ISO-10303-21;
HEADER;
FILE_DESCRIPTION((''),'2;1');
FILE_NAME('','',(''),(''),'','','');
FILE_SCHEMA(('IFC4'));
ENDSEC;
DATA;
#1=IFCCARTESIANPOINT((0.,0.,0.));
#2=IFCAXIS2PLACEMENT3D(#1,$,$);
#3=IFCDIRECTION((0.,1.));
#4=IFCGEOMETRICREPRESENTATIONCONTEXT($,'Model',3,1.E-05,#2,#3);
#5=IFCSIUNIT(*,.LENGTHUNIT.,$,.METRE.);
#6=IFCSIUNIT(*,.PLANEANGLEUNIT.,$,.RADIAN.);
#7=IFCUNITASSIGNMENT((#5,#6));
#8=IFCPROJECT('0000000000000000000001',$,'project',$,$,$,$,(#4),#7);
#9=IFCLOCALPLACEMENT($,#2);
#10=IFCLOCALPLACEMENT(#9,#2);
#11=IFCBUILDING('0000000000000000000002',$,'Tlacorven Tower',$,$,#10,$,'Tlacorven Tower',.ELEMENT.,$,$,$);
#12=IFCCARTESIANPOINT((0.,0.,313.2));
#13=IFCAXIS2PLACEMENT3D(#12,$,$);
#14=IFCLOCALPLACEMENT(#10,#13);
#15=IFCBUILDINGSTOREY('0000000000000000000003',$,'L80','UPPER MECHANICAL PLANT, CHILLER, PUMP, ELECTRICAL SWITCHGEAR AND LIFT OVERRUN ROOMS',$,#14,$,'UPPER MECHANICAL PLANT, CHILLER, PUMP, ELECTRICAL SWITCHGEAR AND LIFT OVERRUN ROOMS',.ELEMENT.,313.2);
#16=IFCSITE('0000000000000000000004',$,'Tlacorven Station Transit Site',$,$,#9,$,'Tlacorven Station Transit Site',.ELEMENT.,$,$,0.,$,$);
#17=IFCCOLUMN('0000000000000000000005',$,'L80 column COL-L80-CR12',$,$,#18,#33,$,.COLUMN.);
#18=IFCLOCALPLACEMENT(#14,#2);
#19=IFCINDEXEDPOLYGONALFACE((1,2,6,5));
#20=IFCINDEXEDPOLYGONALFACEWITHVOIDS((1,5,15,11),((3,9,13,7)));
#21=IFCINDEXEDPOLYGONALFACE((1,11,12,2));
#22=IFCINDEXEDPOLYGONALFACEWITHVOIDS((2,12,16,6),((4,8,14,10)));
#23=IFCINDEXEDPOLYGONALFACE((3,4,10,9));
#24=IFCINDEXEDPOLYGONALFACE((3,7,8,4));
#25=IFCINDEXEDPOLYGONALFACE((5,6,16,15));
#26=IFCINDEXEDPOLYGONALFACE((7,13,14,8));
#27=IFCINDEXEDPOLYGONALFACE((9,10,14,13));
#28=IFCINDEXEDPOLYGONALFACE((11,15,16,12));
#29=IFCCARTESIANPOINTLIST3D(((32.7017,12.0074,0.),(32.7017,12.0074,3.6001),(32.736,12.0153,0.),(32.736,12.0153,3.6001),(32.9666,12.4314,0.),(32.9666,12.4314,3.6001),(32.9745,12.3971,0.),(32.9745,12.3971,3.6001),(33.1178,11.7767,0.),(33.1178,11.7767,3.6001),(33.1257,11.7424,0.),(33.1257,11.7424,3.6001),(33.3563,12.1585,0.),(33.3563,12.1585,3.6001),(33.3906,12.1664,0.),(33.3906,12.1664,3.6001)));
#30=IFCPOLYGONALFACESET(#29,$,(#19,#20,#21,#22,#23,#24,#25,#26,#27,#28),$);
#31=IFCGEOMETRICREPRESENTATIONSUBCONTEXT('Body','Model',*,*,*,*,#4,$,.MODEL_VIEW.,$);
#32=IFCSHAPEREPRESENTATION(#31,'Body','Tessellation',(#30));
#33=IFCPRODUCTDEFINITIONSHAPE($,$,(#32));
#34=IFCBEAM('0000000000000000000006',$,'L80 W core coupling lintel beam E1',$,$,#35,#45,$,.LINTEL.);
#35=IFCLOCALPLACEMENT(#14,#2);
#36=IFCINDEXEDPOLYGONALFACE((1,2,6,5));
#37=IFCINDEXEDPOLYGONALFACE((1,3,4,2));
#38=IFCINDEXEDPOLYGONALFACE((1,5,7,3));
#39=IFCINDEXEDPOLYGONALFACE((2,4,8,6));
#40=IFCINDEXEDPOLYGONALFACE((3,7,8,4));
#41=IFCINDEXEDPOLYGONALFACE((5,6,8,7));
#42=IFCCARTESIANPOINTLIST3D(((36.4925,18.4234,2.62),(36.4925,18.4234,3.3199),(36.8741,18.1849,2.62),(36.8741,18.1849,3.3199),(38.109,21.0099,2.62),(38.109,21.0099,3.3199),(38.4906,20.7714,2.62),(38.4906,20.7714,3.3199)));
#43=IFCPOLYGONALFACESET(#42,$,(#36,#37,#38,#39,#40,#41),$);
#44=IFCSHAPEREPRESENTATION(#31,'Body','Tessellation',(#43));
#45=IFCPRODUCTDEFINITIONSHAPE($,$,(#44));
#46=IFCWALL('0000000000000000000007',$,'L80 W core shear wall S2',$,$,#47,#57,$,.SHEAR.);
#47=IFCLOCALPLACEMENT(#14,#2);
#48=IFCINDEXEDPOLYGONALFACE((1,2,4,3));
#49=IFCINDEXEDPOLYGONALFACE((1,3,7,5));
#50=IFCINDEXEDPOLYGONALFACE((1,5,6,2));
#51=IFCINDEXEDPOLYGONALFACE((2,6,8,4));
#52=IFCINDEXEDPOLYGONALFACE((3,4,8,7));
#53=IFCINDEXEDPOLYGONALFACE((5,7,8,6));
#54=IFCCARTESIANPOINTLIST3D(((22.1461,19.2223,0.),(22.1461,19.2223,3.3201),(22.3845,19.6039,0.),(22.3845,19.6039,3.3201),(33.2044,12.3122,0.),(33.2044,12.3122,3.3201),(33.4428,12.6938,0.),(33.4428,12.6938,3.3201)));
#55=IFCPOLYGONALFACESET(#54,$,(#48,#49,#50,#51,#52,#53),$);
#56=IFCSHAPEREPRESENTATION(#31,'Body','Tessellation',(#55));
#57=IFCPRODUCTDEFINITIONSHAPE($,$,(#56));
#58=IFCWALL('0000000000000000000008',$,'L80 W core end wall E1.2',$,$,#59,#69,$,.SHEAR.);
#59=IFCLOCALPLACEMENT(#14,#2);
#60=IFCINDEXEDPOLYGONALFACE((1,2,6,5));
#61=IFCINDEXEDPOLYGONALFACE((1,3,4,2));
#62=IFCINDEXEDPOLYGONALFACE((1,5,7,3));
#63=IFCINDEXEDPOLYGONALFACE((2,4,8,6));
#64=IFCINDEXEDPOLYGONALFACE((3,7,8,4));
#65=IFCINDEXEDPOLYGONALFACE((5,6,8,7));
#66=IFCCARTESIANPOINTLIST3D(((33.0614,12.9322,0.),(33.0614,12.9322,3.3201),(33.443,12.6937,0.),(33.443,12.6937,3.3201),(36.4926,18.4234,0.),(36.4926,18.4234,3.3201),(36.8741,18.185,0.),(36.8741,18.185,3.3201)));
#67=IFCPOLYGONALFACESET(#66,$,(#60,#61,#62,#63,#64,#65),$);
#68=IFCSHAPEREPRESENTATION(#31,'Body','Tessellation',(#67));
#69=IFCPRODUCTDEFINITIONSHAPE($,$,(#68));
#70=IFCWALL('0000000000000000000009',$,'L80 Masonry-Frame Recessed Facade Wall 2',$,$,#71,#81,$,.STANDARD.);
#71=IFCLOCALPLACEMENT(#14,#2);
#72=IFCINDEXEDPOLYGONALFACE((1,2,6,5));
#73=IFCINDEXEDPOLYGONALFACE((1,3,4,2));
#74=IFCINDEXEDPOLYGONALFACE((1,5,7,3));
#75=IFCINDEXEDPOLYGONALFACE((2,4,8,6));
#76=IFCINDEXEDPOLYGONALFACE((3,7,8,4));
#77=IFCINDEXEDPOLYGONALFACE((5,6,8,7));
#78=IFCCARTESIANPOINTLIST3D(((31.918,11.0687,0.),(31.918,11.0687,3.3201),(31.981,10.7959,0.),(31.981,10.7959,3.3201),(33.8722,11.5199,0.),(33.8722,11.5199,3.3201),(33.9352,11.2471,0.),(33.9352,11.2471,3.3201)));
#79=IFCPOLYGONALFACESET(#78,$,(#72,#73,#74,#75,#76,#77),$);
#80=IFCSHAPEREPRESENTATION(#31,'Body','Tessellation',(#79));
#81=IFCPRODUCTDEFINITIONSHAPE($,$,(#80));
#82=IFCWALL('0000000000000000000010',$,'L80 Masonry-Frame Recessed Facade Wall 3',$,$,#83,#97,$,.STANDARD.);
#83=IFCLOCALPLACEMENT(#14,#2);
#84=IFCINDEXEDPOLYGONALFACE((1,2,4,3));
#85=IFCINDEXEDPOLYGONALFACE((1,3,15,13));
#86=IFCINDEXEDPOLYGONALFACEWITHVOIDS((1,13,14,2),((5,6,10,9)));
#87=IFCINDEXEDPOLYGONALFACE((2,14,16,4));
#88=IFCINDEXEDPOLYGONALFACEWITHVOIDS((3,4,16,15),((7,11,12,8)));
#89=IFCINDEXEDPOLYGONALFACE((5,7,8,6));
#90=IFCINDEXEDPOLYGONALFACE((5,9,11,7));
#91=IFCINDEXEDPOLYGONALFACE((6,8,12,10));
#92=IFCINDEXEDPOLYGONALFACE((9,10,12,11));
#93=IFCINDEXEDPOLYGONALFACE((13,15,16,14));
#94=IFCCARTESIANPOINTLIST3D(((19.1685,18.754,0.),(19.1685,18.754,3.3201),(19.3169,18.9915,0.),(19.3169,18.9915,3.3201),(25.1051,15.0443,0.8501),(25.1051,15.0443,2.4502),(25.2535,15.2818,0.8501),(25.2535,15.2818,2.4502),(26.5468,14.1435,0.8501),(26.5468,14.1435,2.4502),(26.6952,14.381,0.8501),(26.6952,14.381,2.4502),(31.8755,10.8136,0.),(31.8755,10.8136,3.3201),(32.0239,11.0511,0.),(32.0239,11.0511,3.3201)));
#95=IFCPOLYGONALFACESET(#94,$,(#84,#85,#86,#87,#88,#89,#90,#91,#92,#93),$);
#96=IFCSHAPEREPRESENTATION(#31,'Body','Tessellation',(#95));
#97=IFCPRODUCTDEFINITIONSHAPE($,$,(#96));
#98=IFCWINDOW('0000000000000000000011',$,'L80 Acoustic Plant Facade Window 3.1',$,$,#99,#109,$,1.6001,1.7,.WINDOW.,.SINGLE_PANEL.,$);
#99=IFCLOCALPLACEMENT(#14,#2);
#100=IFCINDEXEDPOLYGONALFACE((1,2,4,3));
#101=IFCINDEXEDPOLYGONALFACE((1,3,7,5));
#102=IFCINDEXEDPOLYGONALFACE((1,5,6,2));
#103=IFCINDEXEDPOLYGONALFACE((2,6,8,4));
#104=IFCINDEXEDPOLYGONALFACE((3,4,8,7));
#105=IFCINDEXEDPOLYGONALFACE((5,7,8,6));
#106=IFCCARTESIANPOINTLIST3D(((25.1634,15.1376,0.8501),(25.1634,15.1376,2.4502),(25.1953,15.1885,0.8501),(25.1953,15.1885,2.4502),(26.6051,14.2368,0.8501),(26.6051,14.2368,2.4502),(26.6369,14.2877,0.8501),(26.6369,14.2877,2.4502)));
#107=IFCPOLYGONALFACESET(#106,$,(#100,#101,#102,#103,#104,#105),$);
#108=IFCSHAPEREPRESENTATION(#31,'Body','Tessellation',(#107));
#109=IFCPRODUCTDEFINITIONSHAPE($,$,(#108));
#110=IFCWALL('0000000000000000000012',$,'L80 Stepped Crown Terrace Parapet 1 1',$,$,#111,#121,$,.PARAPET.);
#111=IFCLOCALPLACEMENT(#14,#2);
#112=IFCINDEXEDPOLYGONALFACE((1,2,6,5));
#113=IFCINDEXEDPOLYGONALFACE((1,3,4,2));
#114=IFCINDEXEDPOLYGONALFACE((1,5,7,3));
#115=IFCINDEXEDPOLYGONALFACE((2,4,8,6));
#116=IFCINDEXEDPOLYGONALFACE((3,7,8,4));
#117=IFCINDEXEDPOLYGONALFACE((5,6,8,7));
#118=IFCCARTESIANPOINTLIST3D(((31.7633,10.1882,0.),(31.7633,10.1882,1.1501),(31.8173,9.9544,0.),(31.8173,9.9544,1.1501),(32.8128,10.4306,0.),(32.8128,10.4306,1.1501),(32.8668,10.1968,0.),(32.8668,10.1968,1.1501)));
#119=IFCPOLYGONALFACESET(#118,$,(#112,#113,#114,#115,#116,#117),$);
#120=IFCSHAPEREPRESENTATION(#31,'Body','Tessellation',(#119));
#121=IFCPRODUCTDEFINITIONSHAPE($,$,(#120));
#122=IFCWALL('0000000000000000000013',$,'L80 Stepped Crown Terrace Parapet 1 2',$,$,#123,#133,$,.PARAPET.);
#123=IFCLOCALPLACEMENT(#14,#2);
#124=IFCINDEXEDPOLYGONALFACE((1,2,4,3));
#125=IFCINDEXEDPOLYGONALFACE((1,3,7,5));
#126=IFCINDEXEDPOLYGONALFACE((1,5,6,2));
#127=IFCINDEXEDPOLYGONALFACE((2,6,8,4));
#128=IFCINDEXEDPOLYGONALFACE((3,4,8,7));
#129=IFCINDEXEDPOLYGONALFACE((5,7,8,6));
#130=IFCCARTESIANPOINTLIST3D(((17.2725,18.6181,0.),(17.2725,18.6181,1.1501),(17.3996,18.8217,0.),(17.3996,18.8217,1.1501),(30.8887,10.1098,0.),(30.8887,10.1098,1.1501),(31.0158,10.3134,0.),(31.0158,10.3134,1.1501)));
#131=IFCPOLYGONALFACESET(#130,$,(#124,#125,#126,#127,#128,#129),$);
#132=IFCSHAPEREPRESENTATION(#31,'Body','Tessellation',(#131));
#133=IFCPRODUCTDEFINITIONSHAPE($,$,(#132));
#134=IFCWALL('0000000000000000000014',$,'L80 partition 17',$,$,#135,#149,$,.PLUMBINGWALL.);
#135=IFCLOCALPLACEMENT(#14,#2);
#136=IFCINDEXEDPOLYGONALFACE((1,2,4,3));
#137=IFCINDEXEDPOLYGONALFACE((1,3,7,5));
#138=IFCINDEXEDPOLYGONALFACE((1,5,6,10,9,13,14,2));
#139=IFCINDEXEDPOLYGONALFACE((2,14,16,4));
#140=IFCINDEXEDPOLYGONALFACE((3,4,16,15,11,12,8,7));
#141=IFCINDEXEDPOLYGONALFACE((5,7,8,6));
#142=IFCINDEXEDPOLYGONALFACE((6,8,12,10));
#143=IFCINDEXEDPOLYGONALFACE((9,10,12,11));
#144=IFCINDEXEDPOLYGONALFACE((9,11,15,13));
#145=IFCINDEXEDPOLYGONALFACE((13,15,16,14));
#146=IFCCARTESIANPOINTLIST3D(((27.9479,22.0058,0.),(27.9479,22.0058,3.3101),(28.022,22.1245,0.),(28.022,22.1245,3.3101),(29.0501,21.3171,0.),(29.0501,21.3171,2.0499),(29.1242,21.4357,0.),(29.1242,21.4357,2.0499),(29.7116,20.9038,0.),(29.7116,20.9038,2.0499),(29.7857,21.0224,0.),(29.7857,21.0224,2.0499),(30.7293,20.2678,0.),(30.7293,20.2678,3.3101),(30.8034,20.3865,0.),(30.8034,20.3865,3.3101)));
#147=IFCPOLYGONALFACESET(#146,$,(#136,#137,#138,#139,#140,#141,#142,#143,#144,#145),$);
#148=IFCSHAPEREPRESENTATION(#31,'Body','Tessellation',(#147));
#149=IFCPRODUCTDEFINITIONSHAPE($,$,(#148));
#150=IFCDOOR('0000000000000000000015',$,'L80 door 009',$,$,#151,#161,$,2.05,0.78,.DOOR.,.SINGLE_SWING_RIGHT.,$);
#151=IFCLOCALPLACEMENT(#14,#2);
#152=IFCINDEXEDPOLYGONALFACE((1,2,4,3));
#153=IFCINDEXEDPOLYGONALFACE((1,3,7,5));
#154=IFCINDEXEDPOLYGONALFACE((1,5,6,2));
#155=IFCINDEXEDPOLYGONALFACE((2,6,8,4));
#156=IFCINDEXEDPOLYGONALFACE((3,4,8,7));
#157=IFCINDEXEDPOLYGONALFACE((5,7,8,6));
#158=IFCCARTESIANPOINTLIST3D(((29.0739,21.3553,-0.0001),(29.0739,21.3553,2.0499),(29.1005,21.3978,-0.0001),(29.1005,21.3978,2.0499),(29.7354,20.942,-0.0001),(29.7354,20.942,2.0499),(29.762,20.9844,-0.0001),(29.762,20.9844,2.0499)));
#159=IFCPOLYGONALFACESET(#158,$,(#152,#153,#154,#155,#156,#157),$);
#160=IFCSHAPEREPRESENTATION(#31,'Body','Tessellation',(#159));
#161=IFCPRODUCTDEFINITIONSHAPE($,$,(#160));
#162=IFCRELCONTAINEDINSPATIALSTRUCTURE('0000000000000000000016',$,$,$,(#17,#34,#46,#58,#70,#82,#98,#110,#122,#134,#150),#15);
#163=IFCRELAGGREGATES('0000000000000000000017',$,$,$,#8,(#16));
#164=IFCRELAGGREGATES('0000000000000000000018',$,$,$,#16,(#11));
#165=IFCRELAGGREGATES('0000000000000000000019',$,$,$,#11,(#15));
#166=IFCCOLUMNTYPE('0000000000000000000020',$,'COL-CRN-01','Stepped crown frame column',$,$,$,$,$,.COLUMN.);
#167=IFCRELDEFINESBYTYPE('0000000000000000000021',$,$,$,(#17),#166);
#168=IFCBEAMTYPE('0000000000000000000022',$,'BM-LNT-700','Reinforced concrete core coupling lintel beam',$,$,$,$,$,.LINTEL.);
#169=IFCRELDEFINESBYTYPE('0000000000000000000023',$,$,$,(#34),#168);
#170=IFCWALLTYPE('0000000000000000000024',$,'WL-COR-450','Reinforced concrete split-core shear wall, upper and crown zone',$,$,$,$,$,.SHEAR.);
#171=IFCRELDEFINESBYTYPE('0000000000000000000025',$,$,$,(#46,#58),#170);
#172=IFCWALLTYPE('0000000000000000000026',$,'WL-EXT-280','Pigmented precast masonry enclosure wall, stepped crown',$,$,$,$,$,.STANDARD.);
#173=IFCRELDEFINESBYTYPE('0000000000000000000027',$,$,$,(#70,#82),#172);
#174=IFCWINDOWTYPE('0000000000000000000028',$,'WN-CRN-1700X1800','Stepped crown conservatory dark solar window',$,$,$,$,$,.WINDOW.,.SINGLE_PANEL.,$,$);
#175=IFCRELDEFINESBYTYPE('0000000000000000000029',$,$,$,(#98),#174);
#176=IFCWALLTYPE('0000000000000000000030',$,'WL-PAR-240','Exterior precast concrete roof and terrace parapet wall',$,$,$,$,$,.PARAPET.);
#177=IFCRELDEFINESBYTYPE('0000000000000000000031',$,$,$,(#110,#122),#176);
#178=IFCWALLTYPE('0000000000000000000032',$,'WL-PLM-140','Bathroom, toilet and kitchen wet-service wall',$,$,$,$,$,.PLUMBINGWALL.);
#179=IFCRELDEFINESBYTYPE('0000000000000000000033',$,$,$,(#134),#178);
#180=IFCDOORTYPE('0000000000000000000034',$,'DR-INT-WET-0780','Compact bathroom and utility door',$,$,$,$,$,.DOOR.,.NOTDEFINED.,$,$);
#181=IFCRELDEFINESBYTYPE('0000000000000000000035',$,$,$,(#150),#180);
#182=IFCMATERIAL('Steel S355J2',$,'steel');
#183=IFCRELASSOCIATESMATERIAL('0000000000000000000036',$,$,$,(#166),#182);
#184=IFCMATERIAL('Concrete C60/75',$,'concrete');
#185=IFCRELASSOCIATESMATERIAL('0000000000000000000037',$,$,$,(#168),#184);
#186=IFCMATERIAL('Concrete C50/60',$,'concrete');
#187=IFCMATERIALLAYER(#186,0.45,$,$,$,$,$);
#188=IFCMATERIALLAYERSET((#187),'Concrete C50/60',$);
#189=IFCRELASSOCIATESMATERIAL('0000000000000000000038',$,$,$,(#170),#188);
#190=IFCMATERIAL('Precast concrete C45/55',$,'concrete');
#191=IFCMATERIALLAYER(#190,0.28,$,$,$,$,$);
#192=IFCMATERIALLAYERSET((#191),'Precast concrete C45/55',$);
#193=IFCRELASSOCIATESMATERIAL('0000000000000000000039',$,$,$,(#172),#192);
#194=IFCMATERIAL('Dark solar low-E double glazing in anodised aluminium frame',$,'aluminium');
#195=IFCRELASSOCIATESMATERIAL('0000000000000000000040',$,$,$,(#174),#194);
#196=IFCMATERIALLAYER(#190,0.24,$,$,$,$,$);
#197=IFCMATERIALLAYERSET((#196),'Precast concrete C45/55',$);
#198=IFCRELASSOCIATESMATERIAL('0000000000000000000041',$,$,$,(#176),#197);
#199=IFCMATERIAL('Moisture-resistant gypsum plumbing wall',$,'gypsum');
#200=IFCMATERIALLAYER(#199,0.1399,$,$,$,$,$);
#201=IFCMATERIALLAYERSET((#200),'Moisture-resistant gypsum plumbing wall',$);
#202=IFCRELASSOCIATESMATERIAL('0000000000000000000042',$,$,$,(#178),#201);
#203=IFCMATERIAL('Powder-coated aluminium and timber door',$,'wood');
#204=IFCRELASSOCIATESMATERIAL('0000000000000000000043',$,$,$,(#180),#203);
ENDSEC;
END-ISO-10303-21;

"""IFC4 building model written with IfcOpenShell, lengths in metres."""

from ifc_helpers import new_model, si_unit, direction, frame, frame_2d, origin, origin_2d, place, context, subcontext, project, spatial, rectangle, hollow_rectangle, extrude, source, transform, mapped, material, layer, layer_set, material_profile, profile_set, type_object, element, fill, save


model = new_model("IFC4")

# Units and contexts
model_context = context("Model", 3, precision=1e-05, world=origin(), true_north=direction((0.0, 1.0)))
body_context = subcontext(model_context, "Body", "Model", "MODEL_VIEW")
ifc_project = project(units=[si_unit("LENGTHUNIT", "METRE"), si_unit("PLANEANGLEUNIT", "RADIAN")], contexts=[model_context])

# Site, building, storey
site_placement = place(None, origin())
site = spatial("IfcSite", under=ifc_project, at=site_placement, Name="Tlacorven Station Transit Site", LongName="Tlacorven Station Transit Site", CompositionType="ELEMENT", RefElevation=0.0)
building_placement = place(site_placement, origin())
building = spatial("IfcBuilding", under=site, at=building_placement, Name="Tlacorven Tower", LongName="Tlacorven Tower", CompositionType="ELEMENT")
storey_placement = place(building_placement, frame((0.0, 0.0, 313.2)))
storey = spatial("IfcBuildingStorey", under=building, at=storey_placement, Name="L80", Description="UPPER MECHANICAL PLANT, CHILLER, PUMP, ELECTRICAL SWITCHGEAR AND LIFT OVERRUN ROOMS", LongName="UPPER MECHANICAL PLANT, CHILLER, PUMP, ELECTRICAL SWITCHGEAR AND LIFT OVERRUN ROOMS", CompositionType="ELEMENT", Elevation=313.2)

# Column
ifc_material_1 = material(Name="Steel S355J2", Category="steel")
ifc_material_profile_1 = material_profile(ifc_material_1, hollow_rectangle(XDim=0.5, YDim=0.5, WallThickness=0.0249, at=origin_2d()), Name="BOX 500X500X25")
ifc_profile_set_1 = profile_set([ifc_material_profile_1], Name="Steel S355J2")
column_type = type_object("IfcColumnType", Name="COL-CRN-01", Description="Stepped crown frame column", PredefinedType="COLUMN", material=ifc_profile_set_1)
shared_shape_1 = source(origin(), body_context, "Body", "SweptSolid", [
    extrude(hollow_rectangle(XDim=0.5, YDim=0.5, WallThickness=0.0249, at=origin_2d()), origin(), (0.0, 0.0, 1.0), 3.6001),
])
column_placement = place(storey_placement, frame((33.0461, 12.0869, 0.0), z_axis=(0.0, 0.0, 1.0), x_axis=(-0.848048, 0.529919, 0.0)))
element("IfcColumn", 1, at=column_placement, inside=storey, type_object=column_type, Name="L80 column COL-L80-CR12", PredefinedType="COLUMN", context=body_context, shape_type="MappedRepresentation", body=[
    mapped(shared_shape_1, transform((0.0, 0.0, 0.0), scale=1.0)),
])

# Beam
ifc_material_2 = material(Name="Concrete C60/75", Category="concrete")
ifc_material_profile_2 = material_profile(ifc_material_2, rectangle(XDim=0.45, YDim=0.7, at=origin_2d()), Name="RC 450X700")
ifc_profile_set_2 = profile_set([ifc_material_profile_2], Name="Concrete C60/75")
beam_type = type_object("IfcBeamType", Name="BM-LNT-700", Description="Reinforced concrete core coupling lintel beam", PredefinedType="LINTEL", material=ifc_profile_set_2)
shared_shape_2 = source(origin(), body_context, "Body", "SweptSolid", [
    extrude(rectangle(XDim=0.45, YDim=0.7, at=origin_2d()), origin(), (0.0, 0.0, 1.0), 3.05),
])
beam_placement = place(storey_placement, frame((38.2998, 20.8906, 2.97), z_axis=(-0.529985, -0.848007, 0.0), x_axis=(0.848007, -0.529985, 0.0)))
element("IfcBeam", 2, at=beam_placement, inside=storey, type_object=beam_type, Name="L80 W core coupling lintel beam E1", PredefinedType="LINTEL", context=body_context, shape_type="MappedRepresentation", body=[
    mapped(shared_shape_2, transform((0.0, 0.0, 0.0), scale=1.0)),
])

# Walls
ifc_material_3 = material(Name="Concrete C50/60", Category="concrete")
ifc_layer_1 = layer(ifc_material_3, 0.45)
ifc_layer_set_1 = layer_set([ifc_layer_1], Name="Concrete C50/60")
wall_type_1 = type_object("IfcWallType", Name="WL-COR-450", Description="Reinforced concrete split-core shear wall, upper and crown zone", PredefinedType="SHEAR", material=ifc_layer_set_1)
wall_1_placement = place(storey_placement, frame((33.3237, 12.5029, 0.0), z_axis=(0.0, 0.0, 1.0), x_axis=(-0.848044, 0.529927, 0.0)))
element("IfcWall", 3, at=wall_1_placement, inside=storey, type_object=wall_type_1, Name="L80 W core shear wall S2", PredefinedType="SHEAR", context=body_context, shape_type="SweptSolid", body=[
    extrude(rectangle(XDim=13.0398, YDim=0.45, at=frame_2d((6.52, 0.0))), origin(), (0.0, 0.0, 1.0), 3.3201),
])
wall_2_placement = place(storey_placement, frame((36.6833, 18.3042, 0.0), z_axis=(0.0, 0.0, 1.0), x_axis=(-0.529904, -0.848058, 0.0)))
element("IfcWall", 4, at=wall_2_placement, inside=storey, type_object=wall_type_1, Name="L80 W core end wall E1.2", PredefinedType="SHEAR", context=body_context, shape_type="SweptSolid", body=[
    extrude(rectangle(XDim=6.4751, YDim=0.45, at=frame_2d((3.2375, 0.0))), origin(), (0.0, 0.0, 1.0), 3.3201),
])
ifc_material_4 = material(Name="Precast concrete C45/55", Category="concrete")
ifc_layer_2 = layer(ifc_material_4, 0.28)
ifc_layer_set_2 = layer_set([ifc_layer_2], Name="Precast concrete C45/55")
wall_type_2 = type_object("IfcWallType", Name="WL-EXT-280", Description="Pigmented precast masonry enclosure wall, stepped crown", PredefinedType="STANDARD", material=ifc_layer_set_2)
wall_3_placement = place(storey_placement, frame((33.9038, 11.3835, 0.0), z_axis=(0.0, 0.0, 1.0), x_axis=(-0.974367, -0.224966, 0.0)))
element("IfcWall", 5, at=wall_3_placement, inside=storey, type_object=wall_type_2, Name="L80 Masonry-Frame Recessed Facade Wall 2", PredefinedType="STANDARD", context=body_context, shape_type="SweptSolid", body=[
    extrude(rectangle(XDim=2.0056, YDim=0.28, at=frame_2d((1.0029, 0.0))), origin(), (0.0, 0.0, 1.0), 3.3201),
])

# Wall, opening, window
wall_4_placement = place(storey_placement, frame((31.9497, 10.9324, 0.0), z_axis=(0.0, 0.0, 1.0), x_axis=(-0.848042, 0.529929, 0.0)))
wall_4 = element("IfcWall", 6, at=wall_4_placement, inside=storey, type_object=wall_type_2, Name="L80 Masonry-Frame Recessed Facade Wall 3", PredefinedType="STANDARD", context=body_context, shape_type="SweptSolid", body=[
    extrude(rectangle(XDim=14.9839, YDim=0.28, at=frame_2d((7.4919, 0.0))), origin(), (0.0, 0.0, 1.0), 3.3201),
])
opening_1_placement = place(wall_4_placement, frame((6.2834, 0.0, 0.8501)))
opening_1 = element("IfcOpeningElement", 7, at=opening_1_placement, cuts=wall_4, PredefinedType="OPENING", context=body_context, shape_type="SweptSolid", body=[
    extrude(rectangle(XDim=1.7, YDim=1.6001, at=frame_2d((0.8501, 0.8))), frame((0.0, 0.1499, 0.0), z_axis=(0.0, -1.0, 0.0), x_axis=(1.0, 0.0, 0.0)), (0.0, 0.0, 1.0), 0.3),
])
ifc_material_5 = material(Name="Dark solar low-E double glazing in anodised aluminium frame", Category="aluminium")
window_type = type_object("IfcWindowType", Name="WN-CRN-1700X1800", Description="Stepped crown conservatory dark solar window", PartitioningType="SINGLE_PANEL", PredefinedType="WINDOW", material=ifc_material_5)
shared_shape_3 = source(origin(), body_context, "Body", "SweptSolid", [
    extrude(rectangle(XDim=1.7, YDim=1.6001, at=frame_2d((0.8501, 0.8))), frame((0.0, 0.03, 0.0), z_axis=(0.0, -1.0, 0.0), x_axis=(1.0, 0.0, 0.0)), (0.0, 0.0, 1.0), 0.0601),
])
window_placement = place(opening_1_placement, origin())
window = element("IfcWindow", 8, at=window_placement, inside=storey, type_object=window_type, Name="L80 Acoustic Plant Facade Window 3.1", OverallHeight=1.6001, OverallWidth=1.7, PartitioningType="SINGLE_PANEL", PredefinedType="WINDOW", context=body_context, shape_type="MappedRepresentation", body=[
    mapped(shared_shape_3, transform((0.0, 0.0, 0.0), scale=1.0)),
])
fill(opening_1, window)

# Walls
ifc_layer_3 = layer(ifc_material_4, 0.24)
ifc_layer_set_3 = layer_set([ifc_layer_3], Name="Precast concrete C45/55")
wall_type_3 = type_object("IfcWallType", Name="WL-PAR-240", Description="Exterior precast concrete roof and terrace parapet wall", PredefinedType="PARAPET", material=ifc_layer_set_3)
wall_5_placement = place(storey_placement, frame((32.8398, 10.3137, 0.0), z_axis=(0.0, 0.0, 1.0), x_axis=(-0.974345, -0.225058, 0.0)))
element("IfcWall", 9, at=wall_5_placement, inside=storey, type_object=wall_type_3, Name="L80 Stepped Crown Terrace Parapet 1 1", PredefinedType="PARAPET", context=body_context, shape_type="SweptSolid", body=[
    extrude(rectangle(XDim=1.0771, YDim=0.24, at=frame_2d((0.5386, 0.0))), origin(), (0.0, 0.0, 1.0), 1.1501),
])
wall_6_placement = place(storey_placement, frame((30.9521, 10.2117, 0.0), z_axis=(0.0, 0.0, 1.0), x_axis=(-0.84805, 0.529917, 0.0)))
element("IfcWall", 10, at=wall_6_placement, inside=storey, type_object=wall_type_3, Name="L80 Stepped Crown Terrace Parapet 1 2", PredefinedType="PARAPET", context=body_context, shape_type="SweptSolid", body=[
    extrude(rectangle(XDim=16.0559, YDim=0.24, at=frame_2d((8.0278, 0.0))), origin(), (0.0, 0.0, 1.0), 1.1501),
])

# Wall, opening, door
ifc_material_6 = material(Name="Moisture-resistant gypsum plumbing wall", Category="gypsum")
ifc_layer_4 = layer(ifc_material_6, 0.1399)
ifc_layer_set_4 = layer_set([ifc_layer_4], Name="Moisture-resistant gypsum plumbing wall")
wall_type_4 = type_object("IfcWallType", Name="WL-PLM-140", Description="Bathroom, toilet and kitchen wet-service wall", PredefinedType="PLUMBINGWALL", material=ifc_layer_set_4)
wall_7_placement = place(storey_placement, frame((30.7664, 20.3271, 0.0), z_axis=(0.0, 0.0, 1.0), x_axis=(-0.848053, 0.529912, 0.0)))
wall_7 = element("IfcWall", 11, at=wall_7_placement, inside=storey, type_object=wall_type_4, Name="L80 partition 17", PredefinedType="PLUMBINGWALL", context=body_context, shape_type="SweptSolid", body=[
    extrude(rectangle(XDim=3.2798, YDim=0.1399, at=frame_2d((1.6399, 0.0))), origin(), (0.0, 0.0, 1.0), 3.3101),
])
opening_2_placement = place(wall_7_placement, frame((1.2, 0.0, 0.0)))
opening_2 = element("IfcOpeningElement", 12, at=opening_2_placement, cuts=wall_7, PredefinedType="OPENING", context=body_context, shape_type="SweptSolid", body=[
    extrude(rectangle(XDim=0.78, YDim=2.05, at=frame_2d((0.3901, 1.0249))), frame((0.0, 0.0801, 0.0), z_axis=(0.0, -1.0, 0.0), x_axis=(1.0, 0.0, 0.0)), (0.0, 0.0, 1.0), 0.1599),
])
ifc_material_7 = material(Name="Powder-coated aluminium and timber door", Category="wood")
door_type_1 = type_object("IfcDoorType", Name="DR-INT-WET-0780", Description="Compact bathroom and utility door", OperationType="NOTDEFINED", PredefinedType="DOOR", material=ifc_material_7)
shared_shape_4 = source(origin(), body_context, "Body", "SweptSolid", [
    extrude(rectangle(XDim=0.78, YDim=2.05, at=frame_2d((0.3901, 1.0249))), frame((0.0, 0.0249, 0.0), z_axis=(0.0, -1.0, 0.0), x_axis=(1.0, 0.0, 0.0)), (0.0, 0.0, 1.0), 0.05),
])
door_1_placement = place(opening_2_placement, origin())
door_1 = element("IfcDoor", 13, at=door_1_placement, inside=storey, type_object=door_type_1, Name="L80 door 009", OperationType="SINGLE_SWING_RIGHT", OverallHeight=2.05, OverallWidth=0.78, PredefinedType="DOOR", context=body_context, shape_type="MappedRepresentation", body=[
    mapped(shared_shape_4, transform((0.0, 0.0, 0.0), scale=1.0)),
])
fill(opening_2, door_1)

save(model, "model.ifc")
